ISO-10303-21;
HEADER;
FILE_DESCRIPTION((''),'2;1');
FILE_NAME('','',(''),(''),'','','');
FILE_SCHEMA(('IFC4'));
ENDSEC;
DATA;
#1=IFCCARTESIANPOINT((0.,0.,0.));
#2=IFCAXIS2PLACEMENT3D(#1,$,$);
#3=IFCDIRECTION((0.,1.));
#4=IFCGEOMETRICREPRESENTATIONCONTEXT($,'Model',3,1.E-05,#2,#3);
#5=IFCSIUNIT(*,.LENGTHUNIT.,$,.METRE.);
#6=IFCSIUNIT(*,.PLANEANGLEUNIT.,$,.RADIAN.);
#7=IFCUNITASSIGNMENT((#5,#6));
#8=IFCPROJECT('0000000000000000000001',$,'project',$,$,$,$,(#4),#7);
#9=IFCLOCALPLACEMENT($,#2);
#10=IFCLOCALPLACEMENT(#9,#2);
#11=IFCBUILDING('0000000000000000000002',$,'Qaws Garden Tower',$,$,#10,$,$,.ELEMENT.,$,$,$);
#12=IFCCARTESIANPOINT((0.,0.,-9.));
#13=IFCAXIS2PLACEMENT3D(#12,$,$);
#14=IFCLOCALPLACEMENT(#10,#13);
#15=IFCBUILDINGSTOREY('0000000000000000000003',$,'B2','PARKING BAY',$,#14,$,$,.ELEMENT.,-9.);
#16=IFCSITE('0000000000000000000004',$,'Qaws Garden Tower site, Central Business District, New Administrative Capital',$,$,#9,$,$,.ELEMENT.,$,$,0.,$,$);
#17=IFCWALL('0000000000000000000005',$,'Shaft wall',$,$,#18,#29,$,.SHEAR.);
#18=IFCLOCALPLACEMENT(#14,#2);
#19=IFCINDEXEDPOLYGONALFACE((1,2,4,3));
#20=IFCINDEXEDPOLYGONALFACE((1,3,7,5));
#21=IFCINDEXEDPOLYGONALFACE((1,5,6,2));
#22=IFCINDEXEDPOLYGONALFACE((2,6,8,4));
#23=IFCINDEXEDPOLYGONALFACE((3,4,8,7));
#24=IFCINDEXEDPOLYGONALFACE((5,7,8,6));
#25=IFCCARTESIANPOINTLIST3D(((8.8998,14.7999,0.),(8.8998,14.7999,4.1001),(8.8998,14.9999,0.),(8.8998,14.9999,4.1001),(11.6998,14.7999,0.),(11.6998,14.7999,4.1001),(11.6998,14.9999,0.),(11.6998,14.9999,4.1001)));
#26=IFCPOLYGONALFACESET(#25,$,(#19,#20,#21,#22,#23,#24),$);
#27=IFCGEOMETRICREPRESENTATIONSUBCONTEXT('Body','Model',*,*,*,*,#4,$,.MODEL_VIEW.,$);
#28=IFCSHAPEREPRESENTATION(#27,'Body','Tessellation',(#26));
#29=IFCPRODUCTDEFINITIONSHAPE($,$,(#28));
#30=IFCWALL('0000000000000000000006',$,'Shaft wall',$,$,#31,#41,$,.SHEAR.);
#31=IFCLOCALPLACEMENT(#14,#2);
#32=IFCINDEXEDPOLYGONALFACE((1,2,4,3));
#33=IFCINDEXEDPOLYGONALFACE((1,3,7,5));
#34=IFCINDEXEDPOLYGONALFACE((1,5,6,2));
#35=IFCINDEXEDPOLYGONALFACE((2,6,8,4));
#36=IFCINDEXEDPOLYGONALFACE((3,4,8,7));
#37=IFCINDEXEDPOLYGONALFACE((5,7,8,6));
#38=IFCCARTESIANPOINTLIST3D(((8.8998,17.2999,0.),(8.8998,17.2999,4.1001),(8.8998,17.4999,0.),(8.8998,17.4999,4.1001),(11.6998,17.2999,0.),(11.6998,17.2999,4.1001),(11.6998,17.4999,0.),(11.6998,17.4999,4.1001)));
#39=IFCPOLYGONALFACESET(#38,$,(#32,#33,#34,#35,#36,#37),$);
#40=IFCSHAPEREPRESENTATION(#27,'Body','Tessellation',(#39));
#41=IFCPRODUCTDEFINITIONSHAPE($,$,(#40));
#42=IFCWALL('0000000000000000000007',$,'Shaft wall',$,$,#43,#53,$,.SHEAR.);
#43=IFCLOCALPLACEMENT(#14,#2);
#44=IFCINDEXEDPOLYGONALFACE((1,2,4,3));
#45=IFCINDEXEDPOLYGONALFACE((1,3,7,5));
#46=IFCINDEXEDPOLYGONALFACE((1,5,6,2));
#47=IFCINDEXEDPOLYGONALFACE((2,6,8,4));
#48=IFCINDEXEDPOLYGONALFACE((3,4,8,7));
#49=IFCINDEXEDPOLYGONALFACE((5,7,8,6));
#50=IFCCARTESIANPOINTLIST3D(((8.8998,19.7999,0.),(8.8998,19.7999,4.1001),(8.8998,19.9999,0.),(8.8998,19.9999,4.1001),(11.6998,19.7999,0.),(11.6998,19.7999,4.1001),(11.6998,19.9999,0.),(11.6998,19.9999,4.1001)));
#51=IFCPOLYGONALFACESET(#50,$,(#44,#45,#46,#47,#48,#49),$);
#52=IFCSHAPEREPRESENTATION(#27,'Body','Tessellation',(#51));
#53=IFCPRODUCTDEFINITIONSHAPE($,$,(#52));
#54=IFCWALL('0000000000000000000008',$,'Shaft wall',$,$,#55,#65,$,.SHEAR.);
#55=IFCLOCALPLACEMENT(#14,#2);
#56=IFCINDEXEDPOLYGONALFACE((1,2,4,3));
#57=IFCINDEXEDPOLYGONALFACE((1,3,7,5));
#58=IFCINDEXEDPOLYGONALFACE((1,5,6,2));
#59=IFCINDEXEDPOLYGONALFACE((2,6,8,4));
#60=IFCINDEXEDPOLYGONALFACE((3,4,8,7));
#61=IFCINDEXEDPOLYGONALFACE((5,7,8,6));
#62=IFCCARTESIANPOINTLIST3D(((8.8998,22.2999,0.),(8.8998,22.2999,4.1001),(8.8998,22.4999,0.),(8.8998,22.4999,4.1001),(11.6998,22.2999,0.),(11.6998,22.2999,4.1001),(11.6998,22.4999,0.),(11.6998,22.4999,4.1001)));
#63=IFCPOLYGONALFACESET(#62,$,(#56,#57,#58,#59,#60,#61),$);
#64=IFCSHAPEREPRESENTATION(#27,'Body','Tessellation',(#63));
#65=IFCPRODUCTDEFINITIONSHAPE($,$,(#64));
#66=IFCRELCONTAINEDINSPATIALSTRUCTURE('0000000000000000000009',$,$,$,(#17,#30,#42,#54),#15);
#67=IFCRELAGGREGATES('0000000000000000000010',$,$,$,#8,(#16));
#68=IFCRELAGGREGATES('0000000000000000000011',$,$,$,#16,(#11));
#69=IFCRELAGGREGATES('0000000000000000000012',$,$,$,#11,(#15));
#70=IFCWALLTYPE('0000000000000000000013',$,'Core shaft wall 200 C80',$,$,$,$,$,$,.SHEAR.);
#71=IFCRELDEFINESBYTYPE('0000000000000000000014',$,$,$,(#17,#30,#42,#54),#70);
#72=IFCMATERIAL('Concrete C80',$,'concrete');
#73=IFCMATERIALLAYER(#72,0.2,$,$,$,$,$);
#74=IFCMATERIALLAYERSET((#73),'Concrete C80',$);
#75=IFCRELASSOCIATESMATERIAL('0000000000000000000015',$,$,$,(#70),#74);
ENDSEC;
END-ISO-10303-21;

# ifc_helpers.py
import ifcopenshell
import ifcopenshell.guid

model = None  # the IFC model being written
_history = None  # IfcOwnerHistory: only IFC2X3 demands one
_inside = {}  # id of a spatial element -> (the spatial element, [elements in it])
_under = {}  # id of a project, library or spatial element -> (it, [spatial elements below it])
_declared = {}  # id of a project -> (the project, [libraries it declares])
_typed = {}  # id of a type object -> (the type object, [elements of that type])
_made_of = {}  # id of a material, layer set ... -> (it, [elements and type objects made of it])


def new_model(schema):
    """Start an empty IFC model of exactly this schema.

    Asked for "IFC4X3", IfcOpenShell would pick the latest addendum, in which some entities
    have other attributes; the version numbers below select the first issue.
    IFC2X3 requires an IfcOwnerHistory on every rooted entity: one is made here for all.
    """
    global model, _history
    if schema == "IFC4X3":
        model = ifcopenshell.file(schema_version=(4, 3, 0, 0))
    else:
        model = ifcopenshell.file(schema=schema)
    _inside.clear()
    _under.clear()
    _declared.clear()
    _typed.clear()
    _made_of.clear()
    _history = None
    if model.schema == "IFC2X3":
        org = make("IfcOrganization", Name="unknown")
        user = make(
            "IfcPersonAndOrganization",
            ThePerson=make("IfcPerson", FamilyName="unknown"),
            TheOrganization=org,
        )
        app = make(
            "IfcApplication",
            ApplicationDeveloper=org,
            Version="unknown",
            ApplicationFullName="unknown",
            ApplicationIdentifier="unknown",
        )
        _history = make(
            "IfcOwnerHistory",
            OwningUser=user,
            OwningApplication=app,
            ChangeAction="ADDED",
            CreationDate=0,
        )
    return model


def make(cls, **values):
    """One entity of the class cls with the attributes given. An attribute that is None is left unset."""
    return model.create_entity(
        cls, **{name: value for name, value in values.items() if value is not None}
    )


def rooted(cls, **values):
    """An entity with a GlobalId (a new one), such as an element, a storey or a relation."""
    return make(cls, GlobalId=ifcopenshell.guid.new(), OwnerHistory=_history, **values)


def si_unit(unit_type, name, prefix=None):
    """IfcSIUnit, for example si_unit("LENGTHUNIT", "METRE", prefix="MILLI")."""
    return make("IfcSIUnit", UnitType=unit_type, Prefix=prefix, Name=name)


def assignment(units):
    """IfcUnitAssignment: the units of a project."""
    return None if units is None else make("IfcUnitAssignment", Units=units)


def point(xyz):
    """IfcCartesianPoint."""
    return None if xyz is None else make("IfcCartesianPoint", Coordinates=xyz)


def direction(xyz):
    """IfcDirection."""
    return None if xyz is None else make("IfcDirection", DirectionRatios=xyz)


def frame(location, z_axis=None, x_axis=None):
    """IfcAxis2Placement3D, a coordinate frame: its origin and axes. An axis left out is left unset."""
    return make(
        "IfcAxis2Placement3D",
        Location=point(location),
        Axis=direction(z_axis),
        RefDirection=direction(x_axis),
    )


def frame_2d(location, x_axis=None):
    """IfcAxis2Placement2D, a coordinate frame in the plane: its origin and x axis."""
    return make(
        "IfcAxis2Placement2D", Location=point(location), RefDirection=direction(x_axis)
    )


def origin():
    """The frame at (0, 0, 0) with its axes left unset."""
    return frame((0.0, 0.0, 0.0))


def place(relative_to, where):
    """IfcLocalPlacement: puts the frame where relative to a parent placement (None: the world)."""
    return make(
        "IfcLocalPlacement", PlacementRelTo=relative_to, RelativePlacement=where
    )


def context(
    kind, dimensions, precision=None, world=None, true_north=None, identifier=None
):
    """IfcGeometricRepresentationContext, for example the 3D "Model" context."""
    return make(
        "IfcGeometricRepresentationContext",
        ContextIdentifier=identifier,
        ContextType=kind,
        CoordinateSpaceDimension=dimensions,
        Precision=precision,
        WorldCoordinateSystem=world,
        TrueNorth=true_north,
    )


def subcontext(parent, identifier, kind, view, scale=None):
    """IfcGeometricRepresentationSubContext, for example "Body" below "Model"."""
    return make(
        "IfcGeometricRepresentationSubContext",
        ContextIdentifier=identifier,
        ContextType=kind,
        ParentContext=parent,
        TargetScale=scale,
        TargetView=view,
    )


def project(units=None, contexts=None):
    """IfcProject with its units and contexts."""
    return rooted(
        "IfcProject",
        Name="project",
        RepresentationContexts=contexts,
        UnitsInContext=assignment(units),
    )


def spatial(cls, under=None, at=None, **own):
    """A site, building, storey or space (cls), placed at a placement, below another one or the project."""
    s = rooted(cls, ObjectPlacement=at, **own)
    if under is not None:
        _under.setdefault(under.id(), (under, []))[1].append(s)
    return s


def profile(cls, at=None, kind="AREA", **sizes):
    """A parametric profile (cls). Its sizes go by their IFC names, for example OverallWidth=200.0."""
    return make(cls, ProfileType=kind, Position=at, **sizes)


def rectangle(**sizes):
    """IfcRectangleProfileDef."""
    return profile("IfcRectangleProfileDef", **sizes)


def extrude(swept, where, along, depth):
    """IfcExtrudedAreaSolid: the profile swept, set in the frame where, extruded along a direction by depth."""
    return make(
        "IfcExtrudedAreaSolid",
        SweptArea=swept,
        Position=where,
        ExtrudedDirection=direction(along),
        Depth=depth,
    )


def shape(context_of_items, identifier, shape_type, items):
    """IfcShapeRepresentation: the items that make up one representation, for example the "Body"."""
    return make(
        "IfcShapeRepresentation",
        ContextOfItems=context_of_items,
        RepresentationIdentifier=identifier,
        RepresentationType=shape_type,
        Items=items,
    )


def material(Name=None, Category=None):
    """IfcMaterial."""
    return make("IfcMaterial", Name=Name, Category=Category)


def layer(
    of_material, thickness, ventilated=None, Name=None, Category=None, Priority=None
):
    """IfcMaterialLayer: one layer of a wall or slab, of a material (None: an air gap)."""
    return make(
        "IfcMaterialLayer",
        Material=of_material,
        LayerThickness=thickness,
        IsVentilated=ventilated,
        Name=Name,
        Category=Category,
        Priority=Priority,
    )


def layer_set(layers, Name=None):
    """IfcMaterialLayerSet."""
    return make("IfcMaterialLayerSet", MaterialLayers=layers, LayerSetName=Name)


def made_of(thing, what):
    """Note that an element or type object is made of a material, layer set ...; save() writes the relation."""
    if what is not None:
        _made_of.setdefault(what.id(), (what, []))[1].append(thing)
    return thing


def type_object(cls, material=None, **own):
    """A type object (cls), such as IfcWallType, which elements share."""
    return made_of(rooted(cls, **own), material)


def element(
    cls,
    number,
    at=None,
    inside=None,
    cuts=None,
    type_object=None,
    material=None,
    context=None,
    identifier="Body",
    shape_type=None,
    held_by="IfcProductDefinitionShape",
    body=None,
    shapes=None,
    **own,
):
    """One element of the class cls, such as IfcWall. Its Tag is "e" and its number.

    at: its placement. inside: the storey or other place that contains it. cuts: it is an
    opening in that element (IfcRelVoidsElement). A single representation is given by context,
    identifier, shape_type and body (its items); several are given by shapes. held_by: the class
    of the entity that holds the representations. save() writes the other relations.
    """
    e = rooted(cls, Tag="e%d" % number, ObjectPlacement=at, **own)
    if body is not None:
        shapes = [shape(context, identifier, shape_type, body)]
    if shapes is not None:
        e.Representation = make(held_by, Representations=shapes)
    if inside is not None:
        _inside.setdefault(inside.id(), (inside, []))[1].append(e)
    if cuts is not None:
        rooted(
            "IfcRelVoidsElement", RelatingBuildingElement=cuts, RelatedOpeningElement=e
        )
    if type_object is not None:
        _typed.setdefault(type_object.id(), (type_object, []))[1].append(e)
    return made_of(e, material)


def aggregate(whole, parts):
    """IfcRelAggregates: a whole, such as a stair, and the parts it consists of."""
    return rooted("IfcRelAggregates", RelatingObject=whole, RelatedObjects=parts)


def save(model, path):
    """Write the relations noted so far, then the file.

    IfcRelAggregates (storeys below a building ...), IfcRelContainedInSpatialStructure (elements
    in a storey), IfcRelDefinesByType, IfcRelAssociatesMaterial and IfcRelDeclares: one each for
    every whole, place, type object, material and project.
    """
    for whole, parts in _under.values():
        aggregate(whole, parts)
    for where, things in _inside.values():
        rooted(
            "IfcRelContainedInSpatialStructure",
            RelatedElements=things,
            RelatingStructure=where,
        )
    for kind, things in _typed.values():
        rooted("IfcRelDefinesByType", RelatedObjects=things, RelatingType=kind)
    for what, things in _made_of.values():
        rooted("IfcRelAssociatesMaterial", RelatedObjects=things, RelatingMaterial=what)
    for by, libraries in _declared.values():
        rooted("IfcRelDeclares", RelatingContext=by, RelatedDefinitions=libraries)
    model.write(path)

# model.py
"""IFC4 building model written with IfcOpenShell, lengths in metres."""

from ifc_helpers import new_model, si_unit, direction, frame, frame_2d, origin, place, context, subcontext, project, spatial, rectangle, extrude, material, layer, layer_set, type_object, element, save


model = new_model("IFC4")

# Units and contexts
model_context = context("Model", 3, precision=1e-05, world=origin(), true_north=direction((0.0, 1.0)))
body_context = subcontext(model_context, "Body", "Model", "MODEL_VIEW")
ifc_project = project(units=[si_unit("LENGTHUNIT", "METRE"), si_unit("PLANEANGLEUNIT", "RADIAN")], contexts=[model_context])

# Site, building, storey
site_placement = place(None, origin())
site = spatial("IfcSite", under=ifc_project, at=site_placement, Name="Qaws Garden Tower site, Central Business District, New Administrative Capital", CompositionType="ELEMENT", RefElevation=0.0)
building_placement = place(site_placement, origin())
building = spatial("IfcBuilding", under=site, at=building_placement, Name="Qaws Garden Tower", CompositionType="ELEMENT")
storey_placement = place(building_placement, frame((0.0, 0.0, -9.0)))
storey = spatial("IfcBuildingStorey", under=building, at=storey_placement, Name="B2", Description="PARKING BAY", CompositionType="ELEMENT", Elevation=-9.0)

# Walls
ifc_material_1 = material(Name="Concrete C80", Category="concrete")
ifc_layer = layer(ifc_material_1, 0.2)
ifc_layer_set = layer_set([ifc_layer], Name="Concrete C80")
wall_type = type_object("IfcWallType", Name="Core shaft wall 200 C80", PredefinedType="SHEAR", material=ifc_layer_set)
for number, where, z_axis, x_axis, name in (
    (1, (8.8999, 14.8999, 0.0), (0.0, 0.0, 1.0), (1.0, 0.0, 0.0), "Shaft wall"),
    (2, (8.8999, 17.3999, 0.0), (0.0, 0.0, 1.0), (1.0, 0.0, 0.0), "Shaft wall"),
    (3, (8.8999, 19.8999, 0.0), (0.0, 0.0, 1.0), (1.0, 0.0, 0.0), "Shaft wall"),
    (4, (8.8999, 22.3999, 0.0), (0.0, 0.0, 1.0), (1.0, 0.0, 0.0), "Shaft wall"),
):
    element("IfcWall", number, at=place(storey_placement, frame(where, z_axis=z_axis, x_axis=x_axis)), inside=storey, type_object=wall_type, Name=name, PredefinedType="SHEAR", context=body_context, shape_type="SweptSolid", body=[
        extrude(rectangle(XDim=2.8, YDim=0.2, at=frame_2d((1.3999, 0.0))), origin(), (0.0, 0.0, 1.0), 4.1001),
    ])

save(model, "model.ifc")
